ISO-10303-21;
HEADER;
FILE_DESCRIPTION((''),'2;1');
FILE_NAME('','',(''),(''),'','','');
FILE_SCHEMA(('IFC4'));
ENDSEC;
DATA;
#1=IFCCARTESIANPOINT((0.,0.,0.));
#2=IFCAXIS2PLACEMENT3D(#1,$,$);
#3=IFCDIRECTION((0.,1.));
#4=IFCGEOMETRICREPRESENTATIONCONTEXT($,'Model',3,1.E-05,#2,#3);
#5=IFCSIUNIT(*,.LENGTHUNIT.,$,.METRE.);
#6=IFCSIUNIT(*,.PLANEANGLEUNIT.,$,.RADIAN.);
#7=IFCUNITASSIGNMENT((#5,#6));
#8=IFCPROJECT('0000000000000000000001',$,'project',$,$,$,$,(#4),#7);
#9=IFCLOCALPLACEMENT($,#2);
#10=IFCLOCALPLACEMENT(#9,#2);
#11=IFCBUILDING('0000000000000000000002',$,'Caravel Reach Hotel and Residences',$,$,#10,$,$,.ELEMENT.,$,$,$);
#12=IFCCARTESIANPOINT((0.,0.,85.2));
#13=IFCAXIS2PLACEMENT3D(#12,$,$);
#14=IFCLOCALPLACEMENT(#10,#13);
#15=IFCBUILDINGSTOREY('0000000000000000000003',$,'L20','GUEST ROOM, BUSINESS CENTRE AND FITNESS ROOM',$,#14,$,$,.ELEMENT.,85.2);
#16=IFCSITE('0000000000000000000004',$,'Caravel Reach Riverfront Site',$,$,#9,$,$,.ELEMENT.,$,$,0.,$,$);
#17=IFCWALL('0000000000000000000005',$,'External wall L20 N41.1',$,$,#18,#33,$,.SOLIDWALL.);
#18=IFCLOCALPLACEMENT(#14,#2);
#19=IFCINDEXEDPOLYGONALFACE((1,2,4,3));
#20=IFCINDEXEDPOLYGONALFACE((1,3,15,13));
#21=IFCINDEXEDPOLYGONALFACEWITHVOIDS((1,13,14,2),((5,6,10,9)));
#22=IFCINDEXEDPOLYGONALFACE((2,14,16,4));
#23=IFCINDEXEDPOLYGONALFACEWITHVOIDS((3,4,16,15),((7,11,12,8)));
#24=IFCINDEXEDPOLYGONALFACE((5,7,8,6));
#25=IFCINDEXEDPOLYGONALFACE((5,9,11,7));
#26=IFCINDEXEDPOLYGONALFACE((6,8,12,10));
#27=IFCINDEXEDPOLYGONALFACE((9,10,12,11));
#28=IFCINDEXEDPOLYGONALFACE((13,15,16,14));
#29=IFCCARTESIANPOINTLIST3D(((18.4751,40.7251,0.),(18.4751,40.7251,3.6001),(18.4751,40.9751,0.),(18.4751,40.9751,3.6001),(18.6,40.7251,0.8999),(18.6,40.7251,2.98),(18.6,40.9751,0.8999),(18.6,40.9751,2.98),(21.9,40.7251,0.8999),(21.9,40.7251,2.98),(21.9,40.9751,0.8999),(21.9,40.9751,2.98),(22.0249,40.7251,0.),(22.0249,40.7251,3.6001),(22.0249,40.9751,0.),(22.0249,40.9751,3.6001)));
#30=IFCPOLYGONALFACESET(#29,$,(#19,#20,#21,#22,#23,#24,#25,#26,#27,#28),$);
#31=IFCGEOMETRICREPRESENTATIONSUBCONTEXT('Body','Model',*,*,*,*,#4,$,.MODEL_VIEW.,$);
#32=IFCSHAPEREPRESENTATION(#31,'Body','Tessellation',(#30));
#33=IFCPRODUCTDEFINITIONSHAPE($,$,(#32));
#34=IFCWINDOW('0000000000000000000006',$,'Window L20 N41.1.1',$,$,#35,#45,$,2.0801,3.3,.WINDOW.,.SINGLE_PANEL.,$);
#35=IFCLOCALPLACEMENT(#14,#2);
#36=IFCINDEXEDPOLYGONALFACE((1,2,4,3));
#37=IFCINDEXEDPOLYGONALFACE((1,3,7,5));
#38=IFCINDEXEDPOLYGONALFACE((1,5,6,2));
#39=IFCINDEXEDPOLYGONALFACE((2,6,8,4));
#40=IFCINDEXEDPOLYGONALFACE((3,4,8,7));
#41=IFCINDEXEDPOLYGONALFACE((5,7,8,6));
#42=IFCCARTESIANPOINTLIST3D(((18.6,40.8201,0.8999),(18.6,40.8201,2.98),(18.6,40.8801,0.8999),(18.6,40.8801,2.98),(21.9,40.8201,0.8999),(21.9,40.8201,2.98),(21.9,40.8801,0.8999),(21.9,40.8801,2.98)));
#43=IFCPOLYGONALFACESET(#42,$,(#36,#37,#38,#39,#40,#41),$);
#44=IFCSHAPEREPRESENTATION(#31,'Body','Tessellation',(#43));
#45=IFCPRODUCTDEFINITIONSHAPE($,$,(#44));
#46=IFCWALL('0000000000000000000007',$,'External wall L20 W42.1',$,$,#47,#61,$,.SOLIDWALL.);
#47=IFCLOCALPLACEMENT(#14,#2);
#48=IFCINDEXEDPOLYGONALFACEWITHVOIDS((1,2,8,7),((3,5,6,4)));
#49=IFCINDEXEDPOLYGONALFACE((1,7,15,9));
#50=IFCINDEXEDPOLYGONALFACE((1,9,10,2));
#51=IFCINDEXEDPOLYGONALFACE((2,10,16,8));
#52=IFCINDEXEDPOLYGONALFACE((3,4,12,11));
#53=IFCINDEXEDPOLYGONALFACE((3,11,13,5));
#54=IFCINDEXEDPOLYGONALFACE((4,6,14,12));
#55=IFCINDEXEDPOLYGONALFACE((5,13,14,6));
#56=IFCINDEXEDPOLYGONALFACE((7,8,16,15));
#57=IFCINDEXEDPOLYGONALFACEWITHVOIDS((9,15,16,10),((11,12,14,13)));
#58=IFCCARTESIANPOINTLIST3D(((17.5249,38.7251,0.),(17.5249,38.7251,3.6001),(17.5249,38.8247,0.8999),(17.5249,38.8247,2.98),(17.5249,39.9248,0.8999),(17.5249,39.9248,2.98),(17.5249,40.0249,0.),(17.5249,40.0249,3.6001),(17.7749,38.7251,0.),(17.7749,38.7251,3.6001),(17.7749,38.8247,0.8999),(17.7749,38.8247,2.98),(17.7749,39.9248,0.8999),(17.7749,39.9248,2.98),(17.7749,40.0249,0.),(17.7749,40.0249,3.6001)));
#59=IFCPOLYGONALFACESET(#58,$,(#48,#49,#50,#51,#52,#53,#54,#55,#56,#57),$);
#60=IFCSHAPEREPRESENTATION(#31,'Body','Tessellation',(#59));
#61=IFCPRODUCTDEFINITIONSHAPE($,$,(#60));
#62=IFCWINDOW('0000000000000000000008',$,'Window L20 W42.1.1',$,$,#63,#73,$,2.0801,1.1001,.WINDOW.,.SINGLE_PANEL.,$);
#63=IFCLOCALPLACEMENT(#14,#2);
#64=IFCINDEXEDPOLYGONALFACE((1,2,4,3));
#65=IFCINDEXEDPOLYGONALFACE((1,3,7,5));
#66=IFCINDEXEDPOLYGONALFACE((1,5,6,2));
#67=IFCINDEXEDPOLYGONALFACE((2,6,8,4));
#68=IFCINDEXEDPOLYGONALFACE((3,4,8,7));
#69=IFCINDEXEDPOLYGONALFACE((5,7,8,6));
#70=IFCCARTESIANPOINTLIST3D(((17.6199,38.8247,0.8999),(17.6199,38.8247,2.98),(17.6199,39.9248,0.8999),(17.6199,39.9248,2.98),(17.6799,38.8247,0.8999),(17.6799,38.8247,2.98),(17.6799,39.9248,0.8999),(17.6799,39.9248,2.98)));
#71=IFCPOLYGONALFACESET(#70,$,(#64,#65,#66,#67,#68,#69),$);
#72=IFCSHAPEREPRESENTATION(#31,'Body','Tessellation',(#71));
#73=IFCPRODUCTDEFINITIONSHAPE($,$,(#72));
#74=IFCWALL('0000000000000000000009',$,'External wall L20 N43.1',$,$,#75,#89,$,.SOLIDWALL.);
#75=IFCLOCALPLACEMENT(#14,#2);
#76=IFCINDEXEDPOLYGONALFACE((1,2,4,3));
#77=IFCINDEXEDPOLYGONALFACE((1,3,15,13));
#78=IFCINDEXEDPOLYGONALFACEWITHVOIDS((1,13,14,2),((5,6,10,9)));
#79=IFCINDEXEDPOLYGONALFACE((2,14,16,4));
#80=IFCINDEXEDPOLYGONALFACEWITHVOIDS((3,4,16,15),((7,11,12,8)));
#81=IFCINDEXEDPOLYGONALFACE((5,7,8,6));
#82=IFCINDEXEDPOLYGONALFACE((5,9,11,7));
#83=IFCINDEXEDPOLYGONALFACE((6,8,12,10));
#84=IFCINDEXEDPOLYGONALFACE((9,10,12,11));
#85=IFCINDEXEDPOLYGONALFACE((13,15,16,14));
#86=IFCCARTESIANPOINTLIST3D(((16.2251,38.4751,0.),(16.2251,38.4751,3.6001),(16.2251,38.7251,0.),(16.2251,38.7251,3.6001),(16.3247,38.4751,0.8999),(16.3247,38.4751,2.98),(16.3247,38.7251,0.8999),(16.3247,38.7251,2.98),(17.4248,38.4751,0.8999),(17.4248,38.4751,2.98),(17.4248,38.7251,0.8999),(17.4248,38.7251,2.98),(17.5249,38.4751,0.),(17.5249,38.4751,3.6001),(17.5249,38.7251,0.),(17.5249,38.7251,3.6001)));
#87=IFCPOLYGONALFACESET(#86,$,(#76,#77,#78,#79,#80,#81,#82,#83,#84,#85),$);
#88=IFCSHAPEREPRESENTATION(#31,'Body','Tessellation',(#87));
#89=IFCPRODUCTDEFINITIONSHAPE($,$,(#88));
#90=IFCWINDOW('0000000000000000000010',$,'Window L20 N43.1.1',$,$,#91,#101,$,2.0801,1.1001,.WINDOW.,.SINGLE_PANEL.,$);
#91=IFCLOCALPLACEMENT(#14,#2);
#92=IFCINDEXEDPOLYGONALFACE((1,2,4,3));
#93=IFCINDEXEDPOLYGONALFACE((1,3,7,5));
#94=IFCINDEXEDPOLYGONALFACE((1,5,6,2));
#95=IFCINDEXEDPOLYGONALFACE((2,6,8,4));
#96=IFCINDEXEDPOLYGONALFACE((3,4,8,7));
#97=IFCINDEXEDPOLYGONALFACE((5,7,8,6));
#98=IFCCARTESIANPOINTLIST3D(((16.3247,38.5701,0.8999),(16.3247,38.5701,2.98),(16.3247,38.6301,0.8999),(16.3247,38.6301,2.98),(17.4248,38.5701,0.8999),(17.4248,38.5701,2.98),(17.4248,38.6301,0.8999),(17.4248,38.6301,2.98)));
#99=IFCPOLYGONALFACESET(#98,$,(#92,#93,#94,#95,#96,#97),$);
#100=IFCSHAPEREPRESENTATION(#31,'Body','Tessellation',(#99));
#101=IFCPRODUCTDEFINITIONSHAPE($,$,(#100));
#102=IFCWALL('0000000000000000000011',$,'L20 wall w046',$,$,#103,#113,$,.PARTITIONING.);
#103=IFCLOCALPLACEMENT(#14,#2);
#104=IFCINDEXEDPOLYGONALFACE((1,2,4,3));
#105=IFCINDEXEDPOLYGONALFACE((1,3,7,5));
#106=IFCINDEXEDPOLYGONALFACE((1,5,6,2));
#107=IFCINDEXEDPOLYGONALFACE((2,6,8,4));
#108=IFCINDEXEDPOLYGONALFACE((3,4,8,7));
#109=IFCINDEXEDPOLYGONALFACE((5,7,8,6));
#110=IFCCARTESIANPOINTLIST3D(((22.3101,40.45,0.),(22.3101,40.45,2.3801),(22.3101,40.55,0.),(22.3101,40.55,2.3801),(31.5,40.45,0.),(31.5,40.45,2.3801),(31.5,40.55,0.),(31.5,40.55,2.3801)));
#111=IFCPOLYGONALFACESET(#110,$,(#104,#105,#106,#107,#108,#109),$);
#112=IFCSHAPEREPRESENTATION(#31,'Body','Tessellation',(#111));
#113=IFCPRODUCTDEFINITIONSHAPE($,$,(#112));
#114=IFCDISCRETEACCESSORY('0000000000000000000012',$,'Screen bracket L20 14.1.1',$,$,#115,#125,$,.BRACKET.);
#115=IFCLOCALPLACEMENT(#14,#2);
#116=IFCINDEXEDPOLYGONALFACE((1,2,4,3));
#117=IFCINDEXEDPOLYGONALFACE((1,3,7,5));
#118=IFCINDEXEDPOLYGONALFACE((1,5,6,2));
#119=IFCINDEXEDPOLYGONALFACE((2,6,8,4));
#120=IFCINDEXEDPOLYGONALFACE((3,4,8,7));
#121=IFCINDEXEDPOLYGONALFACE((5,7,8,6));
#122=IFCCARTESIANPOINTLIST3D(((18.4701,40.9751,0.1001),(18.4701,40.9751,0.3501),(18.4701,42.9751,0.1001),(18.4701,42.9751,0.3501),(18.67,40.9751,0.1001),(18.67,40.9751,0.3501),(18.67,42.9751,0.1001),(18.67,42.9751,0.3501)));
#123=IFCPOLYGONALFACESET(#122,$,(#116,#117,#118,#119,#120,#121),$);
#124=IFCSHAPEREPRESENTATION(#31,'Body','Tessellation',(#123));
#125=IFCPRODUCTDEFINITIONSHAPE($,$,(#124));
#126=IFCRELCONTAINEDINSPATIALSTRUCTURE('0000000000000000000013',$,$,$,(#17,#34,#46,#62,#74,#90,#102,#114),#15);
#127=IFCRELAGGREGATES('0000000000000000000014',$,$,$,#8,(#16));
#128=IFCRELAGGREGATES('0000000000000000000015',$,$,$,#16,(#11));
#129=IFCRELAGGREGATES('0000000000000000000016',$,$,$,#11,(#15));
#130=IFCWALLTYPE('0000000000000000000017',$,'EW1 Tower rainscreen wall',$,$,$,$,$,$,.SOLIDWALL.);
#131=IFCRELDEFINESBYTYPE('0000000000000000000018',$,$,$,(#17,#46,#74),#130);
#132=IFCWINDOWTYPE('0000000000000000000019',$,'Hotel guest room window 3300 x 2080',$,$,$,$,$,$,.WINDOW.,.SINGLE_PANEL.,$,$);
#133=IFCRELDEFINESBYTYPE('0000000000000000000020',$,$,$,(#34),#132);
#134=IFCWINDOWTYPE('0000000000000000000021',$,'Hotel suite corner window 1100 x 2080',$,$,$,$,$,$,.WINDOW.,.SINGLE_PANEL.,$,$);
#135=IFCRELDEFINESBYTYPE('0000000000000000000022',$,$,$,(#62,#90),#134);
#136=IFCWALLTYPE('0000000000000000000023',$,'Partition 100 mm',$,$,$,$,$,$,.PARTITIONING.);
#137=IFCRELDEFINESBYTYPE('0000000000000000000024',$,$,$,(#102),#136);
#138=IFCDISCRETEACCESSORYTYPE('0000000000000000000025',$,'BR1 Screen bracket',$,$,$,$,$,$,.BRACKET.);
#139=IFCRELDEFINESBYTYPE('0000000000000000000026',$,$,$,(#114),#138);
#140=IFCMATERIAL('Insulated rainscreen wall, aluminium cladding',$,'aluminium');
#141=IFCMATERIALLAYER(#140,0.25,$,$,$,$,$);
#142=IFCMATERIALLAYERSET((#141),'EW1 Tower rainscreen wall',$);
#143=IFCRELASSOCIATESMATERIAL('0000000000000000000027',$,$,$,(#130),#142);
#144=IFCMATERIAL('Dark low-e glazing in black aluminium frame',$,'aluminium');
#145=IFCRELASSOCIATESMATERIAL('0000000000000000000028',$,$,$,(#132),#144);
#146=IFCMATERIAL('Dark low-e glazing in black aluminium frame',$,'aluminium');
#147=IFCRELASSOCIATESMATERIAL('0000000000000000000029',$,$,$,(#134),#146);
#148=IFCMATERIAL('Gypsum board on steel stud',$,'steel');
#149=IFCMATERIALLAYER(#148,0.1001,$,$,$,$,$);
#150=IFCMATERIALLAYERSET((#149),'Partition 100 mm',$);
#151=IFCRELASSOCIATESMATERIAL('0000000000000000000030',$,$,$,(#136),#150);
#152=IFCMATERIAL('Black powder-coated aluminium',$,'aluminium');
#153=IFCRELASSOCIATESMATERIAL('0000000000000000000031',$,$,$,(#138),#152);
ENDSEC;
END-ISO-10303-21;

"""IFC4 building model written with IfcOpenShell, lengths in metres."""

from ifc_helpers import new_model, si_unit, direction, frame, frame_2d, origin, origin_2d, place, context, subcontext, project, spatial, rectangle, extrude, material, layer, layer_set, type_object, element, fill, save


model = new_model("IFC4")

# Units and contexts
model_context = context("Model", 3, precision=1e-05, world=origin(), true_north=direction((0.0, 1.0)))
body_context = subcontext(model_context, "Body", "Model", "MODEL_VIEW")
ifc_project = project(units=[si_unit("LENGTHUNIT", "METRE"), si_unit("PLANEANGLEUNIT", "RADIAN")], contexts=[model_context])

# Site, building, storey
site_placement = place(None, origin())
site = spatial("IfcSite", under=ifc_project, at=site_placement, Name="Caravel Reach Riverfront Site", CompositionType="ELEMENT", RefElevation=0.0)
building_placement = place(site_placement, origin())
building = spatial("IfcBuilding", under=site, at=building_placement, Name="Caravel Reach Hotel and Residences", CompositionType="ELEMENT")
storey_placement = place(building_placement, frame((0.0, 0.0, 85.2)))
storey = spatial("IfcBuildingStorey", under=building, at=storey_placement, Name="L20", Description="GUEST ROOM, BUSINESS CENTRE AND FITNESS ROOM", CompositionType="ELEMENT", Elevation=85.2)

# Walls, openings, windows
ifc_material_1 = material(Name="Insulated rainscreen wall, aluminium cladding", Category="aluminium")
ifc_layer_1 = layer(ifc_material_1, 0.25)
ifc_layer_set_1 = layer_set([ifc_layer_1], Name="EW1 Tower rainscreen wall")
wall_type_1 = type_object("IfcWallType", Name="EW1 Tower rainscreen wall", PredefinedType="SOLIDWALL", material=ifc_layer_set_1)
wall_1_placement = place(storey_placement, frame((22.0249, 40.8501, 0.0), z_axis=(0.0, 0.0, 1.0), x_axis=(-1.0, 0.0, 0.0)))
wall_1 = element("IfcWall", 1, at=wall_1_placement, inside=storey, type_object=wall_type_1, Name="External wall L20 N41.1", PredefinedType="SOLIDWALL", context=body_context, shape_type="SweptSolid", body=[
    extrude(rectangle(XDim=3.5498, YDim=0.25, at=frame_2d((1.7749, 0.0))), origin(), (0.0, 0.0, 1.0), 3.6001),
])
opening_1_placement = place(wall_1_placement, frame((0.125, 0.0, 0.8999)))
opening_1 = element("IfcOpeningElement", 2, at=opening_1_placement, cuts=wall_1, PredefinedType="OPENING", context=body_context, shape_type="SweptSolid", body=[
    extrude(rectangle(XDim=3.3, YDim=2.0801, at=frame_2d((1.6499, 1.04))), frame((0.0, 0.135, 0.0), z_axis=(0.0, -1.0, 0.0), x_axis=(1.0, 0.0, 0.0)), (0.0, 0.0, 1.0), 0.27),
])
ifc_material_2 = material(Name="Dark low-e glazing in black aluminium frame", Category="aluminium")
window_type_1 = type_object("IfcWindowType", Name="Hotel guest room window 3300 x 2080", PartitioningType="SINGLE_PANEL", PredefinedType="WINDOW", material=ifc_material_2)
window_1_placement = place(opening_1_placement, origin())
window_1 = element("IfcWindow", 3, at=window_1_placement, inside=storey, type_object=window_type_1, Name="Window L20 N41.1.1", OverallHeight=2.0801, OverallWidth=3.3, PartitioningType="SINGLE_PANEL", PredefinedType="WINDOW", context=body_context, shape_type="SweptSolid", body=[
    extrude(rectangle(XDim=3.3, YDim=2.0801, at=frame_2d((1.6499, 1.04))), frame((0.0, 0.03, 0.0), z_axis=(0.0, -1.0, 0.0), x_axis=(1.0, 0.0, 0.0)), (0.0, 0.0, 1.0), 0.0601),
])
fill(opening_1, window_1)
wall_2_placement = place(storey_placement, frame((17.6499, 40.0249, 0.0), z_axis=(0.0, 0.0, 1.0), x_axis=(0.0, -1.0, 0.0)))
wall_2 = element("IfcWall", 4, at=wall_2_placement, inside=storey, type_object=wall_type_1, Name="External wall L20 W42.1", PredefinedType="SOLIDWALL", context=body_context, shape_type="SweptSolid", body=[
    extrude(rectangle(XDim=1.2998, YDim=0.25, at=frame_2d((0.6499, 0.0))), origin(), (0.0, 0.0, 1.0), 3.6001),
])
opening_2_placement = place(wall_2_placement, frame((0.1001, 0.0, 0.8999)))
opening_2 = element("IfcOpeningElement", 5, at=opening_2_placement, cuts=wall_2, PredefinedType="OPENING", context=body_context, shape_type="SweptSolid", body=[
    extrude(rectangle(XDim=1.1001, YDim=2.0801, at=frame_2d((0.55, 1.04))), frame((0.0, 0.135, 0.0), z_axis=(0.0, -1.0, 0.0), x_axis=(1.0, 0.0, 0.0)), (0.0, 0.0, 1.0), 0.27),
])
ifc_material_3 = material(Name="Dark low-e glazing in black aluminium frame", Category="aluminium")
window_type_2 = type_object("IfcWindowType", Name="Hotel suite corner window 1100 x 2080", PartitioningType="SINGLE_PANEL", PredefinedType="WINDOW", material=ifc_material_3)
window_2_placement = place(opening_2_placement, origin())
window_2 = element("IfcWindow", 6, at=window_2_placement, inside=storey, type_object=window_type_2, Name="Window L20 W42.1.1", OverallHeight=2.0801, OverallWidth=1.1001, PartitioningType="SINGLE_PANEL", PredefinedType="WINDOW", context=body_context, shape_type="SweptSolid", body=[
    extrude(rectangle(XDim=1.1001, YDim=2.0801, at=frame_2d((0.55, 1.04))), frame((0.0, 0.03, 0.0), z_axis=(0.0, -1.0, 0.0), x_axis=(1.0, 0.0, 0.0)), (0.0, 0.0, 1.0), 0.0601),
])
fill(opening_2, window_2)
wall_3_placement = place(storey_placement, frame((17.5249, 38.6001, 0.0), z_axis=(0.0, 0.0, 1.0), x_axis=(-1.0, 0.0, 0.0)))
wall_3 = element("IfcWall", 7, at=wall_3_placement, inside=storey, type_object=wall_type_1, Name="External wall L20 N43.1", PredefinedType="SOLIDWALL", context=body_context, shape_type="SweptSolid", body=[
    extrude(rectangle(XDim=1.2998, YDim=0.25, at=frame_2d((0.6499, 0.0))), origin(), (0.0, 0.0, 1.0), 3.6001),
])
opening_3_placement = place(wall_3_placement, frame((0.1001, 0.0, 0.8999)))
opening_3 = element("IfcOpeningElement", 8, at=opening_3_placement, cuts=wall_3, PredefinedType="OPENING", context=body_context, shape_type="SweptSolid", body=[
    extrude(rectangle(XDim=1.1001, YDim=2.0801, at=frame_2d((0.55, 1.04))), frame((0.0, 0.135, 0.0), z_axis=(0.0, -1.0, 0.0), x_axis=(1.0, 0.0, 0.0)), (0.0, 0.0, 1.0), 0.27),
])
window_3_placement = place(opening_3_placement, origin())
window_3 = element("IfcWindow", 9, at=window_3_placement, inside=storey, type_object=window_type_2, Name="Window L20 N43.1.1", OverallHeight=2.0801, OverallWidth=1.1001, PartitioningType="SINGLE_PANEL", PredefinedType="WINDOW", context=body_context, shape_type="SweptSolid", body=[
    extrude(rectangle(XDim=1.1001, YDim=2.0801, at=frame_2d((0.55, 1.04))), frame((0.0, 0.03, 0.0), z_axis=(0.0, -1.0, 0.0), x_axis=(1.0, 0.0, 0.0)), (0.0, 0.0, 1.0), 0.0601),
])
fill(opening_3, window_3)

# Wall
ifc_material_4 = material(Name="Gypsum board on steel stud", Category="steel")
ifc_layer_2 = layer(ifc_material_4, 0.1001)
ifc_layer_set_2 = layer_set([ifc_layer_2], Name="Partition 100 mm")
wall_type_2 = type_object("IfcWallType", Name="Partition 100 mm", PredefinedType="PARTITIONING", material=ifc_layer_set_2)
wall_4_placement = place(storey_placement, frame((22.3101, 40.5, 0.0), z_axis=(0.0, 0.0, 1.0), x_axis=(1.0, 0.0, 0.0)))
element("IfcWall", 10, at=wall_4_placement, inside=storey, type_object=wall_type_2, Name="L20 wall w046", PredefinedType="PARTITIONING", context=body_context, shape_type="SweptSolid", body=[
    extrude(rectangle(XDim=9.1899, YDim=0.1001, at=frame_2d((4.595, 0.0))), origin(), (0.0, 0.0, 1.0), 2.3801),
])

# Discrete accessory
ifc_material_5 = material(Name="Black powder-coated aluminium", Category="aluminium")
discrete_accessory_type = type_object("IfcDiscreteAccessoryType", Name="BR1 Screen bracket", PredefinedType="BRACKET", material=ifc_material_5)
discrete_accessory_placement = place(storey_placement, frame((18.5701, 41.9751, 0.1001), z_axis=(0.0, 0.0, 1.0), x_axis=(0.0, 1.0, 0.0)))
element("IfcDiscreteAccessory", 11, at=discrete_accessory_placement, inside=storey, type_object=discrete_accessory_type, Name="Screen bracket L20 14.1.1", PredefinedType="BRACKET", context=body_context, shape_type="SweptSolid", body=[
    extrude(rectangle(XDim=2.0, YDim=0.2, at=origin_2d()), origin(), (0.0, 0.0, 1.0), 0.25),
])

save(model, "model.ifc")
